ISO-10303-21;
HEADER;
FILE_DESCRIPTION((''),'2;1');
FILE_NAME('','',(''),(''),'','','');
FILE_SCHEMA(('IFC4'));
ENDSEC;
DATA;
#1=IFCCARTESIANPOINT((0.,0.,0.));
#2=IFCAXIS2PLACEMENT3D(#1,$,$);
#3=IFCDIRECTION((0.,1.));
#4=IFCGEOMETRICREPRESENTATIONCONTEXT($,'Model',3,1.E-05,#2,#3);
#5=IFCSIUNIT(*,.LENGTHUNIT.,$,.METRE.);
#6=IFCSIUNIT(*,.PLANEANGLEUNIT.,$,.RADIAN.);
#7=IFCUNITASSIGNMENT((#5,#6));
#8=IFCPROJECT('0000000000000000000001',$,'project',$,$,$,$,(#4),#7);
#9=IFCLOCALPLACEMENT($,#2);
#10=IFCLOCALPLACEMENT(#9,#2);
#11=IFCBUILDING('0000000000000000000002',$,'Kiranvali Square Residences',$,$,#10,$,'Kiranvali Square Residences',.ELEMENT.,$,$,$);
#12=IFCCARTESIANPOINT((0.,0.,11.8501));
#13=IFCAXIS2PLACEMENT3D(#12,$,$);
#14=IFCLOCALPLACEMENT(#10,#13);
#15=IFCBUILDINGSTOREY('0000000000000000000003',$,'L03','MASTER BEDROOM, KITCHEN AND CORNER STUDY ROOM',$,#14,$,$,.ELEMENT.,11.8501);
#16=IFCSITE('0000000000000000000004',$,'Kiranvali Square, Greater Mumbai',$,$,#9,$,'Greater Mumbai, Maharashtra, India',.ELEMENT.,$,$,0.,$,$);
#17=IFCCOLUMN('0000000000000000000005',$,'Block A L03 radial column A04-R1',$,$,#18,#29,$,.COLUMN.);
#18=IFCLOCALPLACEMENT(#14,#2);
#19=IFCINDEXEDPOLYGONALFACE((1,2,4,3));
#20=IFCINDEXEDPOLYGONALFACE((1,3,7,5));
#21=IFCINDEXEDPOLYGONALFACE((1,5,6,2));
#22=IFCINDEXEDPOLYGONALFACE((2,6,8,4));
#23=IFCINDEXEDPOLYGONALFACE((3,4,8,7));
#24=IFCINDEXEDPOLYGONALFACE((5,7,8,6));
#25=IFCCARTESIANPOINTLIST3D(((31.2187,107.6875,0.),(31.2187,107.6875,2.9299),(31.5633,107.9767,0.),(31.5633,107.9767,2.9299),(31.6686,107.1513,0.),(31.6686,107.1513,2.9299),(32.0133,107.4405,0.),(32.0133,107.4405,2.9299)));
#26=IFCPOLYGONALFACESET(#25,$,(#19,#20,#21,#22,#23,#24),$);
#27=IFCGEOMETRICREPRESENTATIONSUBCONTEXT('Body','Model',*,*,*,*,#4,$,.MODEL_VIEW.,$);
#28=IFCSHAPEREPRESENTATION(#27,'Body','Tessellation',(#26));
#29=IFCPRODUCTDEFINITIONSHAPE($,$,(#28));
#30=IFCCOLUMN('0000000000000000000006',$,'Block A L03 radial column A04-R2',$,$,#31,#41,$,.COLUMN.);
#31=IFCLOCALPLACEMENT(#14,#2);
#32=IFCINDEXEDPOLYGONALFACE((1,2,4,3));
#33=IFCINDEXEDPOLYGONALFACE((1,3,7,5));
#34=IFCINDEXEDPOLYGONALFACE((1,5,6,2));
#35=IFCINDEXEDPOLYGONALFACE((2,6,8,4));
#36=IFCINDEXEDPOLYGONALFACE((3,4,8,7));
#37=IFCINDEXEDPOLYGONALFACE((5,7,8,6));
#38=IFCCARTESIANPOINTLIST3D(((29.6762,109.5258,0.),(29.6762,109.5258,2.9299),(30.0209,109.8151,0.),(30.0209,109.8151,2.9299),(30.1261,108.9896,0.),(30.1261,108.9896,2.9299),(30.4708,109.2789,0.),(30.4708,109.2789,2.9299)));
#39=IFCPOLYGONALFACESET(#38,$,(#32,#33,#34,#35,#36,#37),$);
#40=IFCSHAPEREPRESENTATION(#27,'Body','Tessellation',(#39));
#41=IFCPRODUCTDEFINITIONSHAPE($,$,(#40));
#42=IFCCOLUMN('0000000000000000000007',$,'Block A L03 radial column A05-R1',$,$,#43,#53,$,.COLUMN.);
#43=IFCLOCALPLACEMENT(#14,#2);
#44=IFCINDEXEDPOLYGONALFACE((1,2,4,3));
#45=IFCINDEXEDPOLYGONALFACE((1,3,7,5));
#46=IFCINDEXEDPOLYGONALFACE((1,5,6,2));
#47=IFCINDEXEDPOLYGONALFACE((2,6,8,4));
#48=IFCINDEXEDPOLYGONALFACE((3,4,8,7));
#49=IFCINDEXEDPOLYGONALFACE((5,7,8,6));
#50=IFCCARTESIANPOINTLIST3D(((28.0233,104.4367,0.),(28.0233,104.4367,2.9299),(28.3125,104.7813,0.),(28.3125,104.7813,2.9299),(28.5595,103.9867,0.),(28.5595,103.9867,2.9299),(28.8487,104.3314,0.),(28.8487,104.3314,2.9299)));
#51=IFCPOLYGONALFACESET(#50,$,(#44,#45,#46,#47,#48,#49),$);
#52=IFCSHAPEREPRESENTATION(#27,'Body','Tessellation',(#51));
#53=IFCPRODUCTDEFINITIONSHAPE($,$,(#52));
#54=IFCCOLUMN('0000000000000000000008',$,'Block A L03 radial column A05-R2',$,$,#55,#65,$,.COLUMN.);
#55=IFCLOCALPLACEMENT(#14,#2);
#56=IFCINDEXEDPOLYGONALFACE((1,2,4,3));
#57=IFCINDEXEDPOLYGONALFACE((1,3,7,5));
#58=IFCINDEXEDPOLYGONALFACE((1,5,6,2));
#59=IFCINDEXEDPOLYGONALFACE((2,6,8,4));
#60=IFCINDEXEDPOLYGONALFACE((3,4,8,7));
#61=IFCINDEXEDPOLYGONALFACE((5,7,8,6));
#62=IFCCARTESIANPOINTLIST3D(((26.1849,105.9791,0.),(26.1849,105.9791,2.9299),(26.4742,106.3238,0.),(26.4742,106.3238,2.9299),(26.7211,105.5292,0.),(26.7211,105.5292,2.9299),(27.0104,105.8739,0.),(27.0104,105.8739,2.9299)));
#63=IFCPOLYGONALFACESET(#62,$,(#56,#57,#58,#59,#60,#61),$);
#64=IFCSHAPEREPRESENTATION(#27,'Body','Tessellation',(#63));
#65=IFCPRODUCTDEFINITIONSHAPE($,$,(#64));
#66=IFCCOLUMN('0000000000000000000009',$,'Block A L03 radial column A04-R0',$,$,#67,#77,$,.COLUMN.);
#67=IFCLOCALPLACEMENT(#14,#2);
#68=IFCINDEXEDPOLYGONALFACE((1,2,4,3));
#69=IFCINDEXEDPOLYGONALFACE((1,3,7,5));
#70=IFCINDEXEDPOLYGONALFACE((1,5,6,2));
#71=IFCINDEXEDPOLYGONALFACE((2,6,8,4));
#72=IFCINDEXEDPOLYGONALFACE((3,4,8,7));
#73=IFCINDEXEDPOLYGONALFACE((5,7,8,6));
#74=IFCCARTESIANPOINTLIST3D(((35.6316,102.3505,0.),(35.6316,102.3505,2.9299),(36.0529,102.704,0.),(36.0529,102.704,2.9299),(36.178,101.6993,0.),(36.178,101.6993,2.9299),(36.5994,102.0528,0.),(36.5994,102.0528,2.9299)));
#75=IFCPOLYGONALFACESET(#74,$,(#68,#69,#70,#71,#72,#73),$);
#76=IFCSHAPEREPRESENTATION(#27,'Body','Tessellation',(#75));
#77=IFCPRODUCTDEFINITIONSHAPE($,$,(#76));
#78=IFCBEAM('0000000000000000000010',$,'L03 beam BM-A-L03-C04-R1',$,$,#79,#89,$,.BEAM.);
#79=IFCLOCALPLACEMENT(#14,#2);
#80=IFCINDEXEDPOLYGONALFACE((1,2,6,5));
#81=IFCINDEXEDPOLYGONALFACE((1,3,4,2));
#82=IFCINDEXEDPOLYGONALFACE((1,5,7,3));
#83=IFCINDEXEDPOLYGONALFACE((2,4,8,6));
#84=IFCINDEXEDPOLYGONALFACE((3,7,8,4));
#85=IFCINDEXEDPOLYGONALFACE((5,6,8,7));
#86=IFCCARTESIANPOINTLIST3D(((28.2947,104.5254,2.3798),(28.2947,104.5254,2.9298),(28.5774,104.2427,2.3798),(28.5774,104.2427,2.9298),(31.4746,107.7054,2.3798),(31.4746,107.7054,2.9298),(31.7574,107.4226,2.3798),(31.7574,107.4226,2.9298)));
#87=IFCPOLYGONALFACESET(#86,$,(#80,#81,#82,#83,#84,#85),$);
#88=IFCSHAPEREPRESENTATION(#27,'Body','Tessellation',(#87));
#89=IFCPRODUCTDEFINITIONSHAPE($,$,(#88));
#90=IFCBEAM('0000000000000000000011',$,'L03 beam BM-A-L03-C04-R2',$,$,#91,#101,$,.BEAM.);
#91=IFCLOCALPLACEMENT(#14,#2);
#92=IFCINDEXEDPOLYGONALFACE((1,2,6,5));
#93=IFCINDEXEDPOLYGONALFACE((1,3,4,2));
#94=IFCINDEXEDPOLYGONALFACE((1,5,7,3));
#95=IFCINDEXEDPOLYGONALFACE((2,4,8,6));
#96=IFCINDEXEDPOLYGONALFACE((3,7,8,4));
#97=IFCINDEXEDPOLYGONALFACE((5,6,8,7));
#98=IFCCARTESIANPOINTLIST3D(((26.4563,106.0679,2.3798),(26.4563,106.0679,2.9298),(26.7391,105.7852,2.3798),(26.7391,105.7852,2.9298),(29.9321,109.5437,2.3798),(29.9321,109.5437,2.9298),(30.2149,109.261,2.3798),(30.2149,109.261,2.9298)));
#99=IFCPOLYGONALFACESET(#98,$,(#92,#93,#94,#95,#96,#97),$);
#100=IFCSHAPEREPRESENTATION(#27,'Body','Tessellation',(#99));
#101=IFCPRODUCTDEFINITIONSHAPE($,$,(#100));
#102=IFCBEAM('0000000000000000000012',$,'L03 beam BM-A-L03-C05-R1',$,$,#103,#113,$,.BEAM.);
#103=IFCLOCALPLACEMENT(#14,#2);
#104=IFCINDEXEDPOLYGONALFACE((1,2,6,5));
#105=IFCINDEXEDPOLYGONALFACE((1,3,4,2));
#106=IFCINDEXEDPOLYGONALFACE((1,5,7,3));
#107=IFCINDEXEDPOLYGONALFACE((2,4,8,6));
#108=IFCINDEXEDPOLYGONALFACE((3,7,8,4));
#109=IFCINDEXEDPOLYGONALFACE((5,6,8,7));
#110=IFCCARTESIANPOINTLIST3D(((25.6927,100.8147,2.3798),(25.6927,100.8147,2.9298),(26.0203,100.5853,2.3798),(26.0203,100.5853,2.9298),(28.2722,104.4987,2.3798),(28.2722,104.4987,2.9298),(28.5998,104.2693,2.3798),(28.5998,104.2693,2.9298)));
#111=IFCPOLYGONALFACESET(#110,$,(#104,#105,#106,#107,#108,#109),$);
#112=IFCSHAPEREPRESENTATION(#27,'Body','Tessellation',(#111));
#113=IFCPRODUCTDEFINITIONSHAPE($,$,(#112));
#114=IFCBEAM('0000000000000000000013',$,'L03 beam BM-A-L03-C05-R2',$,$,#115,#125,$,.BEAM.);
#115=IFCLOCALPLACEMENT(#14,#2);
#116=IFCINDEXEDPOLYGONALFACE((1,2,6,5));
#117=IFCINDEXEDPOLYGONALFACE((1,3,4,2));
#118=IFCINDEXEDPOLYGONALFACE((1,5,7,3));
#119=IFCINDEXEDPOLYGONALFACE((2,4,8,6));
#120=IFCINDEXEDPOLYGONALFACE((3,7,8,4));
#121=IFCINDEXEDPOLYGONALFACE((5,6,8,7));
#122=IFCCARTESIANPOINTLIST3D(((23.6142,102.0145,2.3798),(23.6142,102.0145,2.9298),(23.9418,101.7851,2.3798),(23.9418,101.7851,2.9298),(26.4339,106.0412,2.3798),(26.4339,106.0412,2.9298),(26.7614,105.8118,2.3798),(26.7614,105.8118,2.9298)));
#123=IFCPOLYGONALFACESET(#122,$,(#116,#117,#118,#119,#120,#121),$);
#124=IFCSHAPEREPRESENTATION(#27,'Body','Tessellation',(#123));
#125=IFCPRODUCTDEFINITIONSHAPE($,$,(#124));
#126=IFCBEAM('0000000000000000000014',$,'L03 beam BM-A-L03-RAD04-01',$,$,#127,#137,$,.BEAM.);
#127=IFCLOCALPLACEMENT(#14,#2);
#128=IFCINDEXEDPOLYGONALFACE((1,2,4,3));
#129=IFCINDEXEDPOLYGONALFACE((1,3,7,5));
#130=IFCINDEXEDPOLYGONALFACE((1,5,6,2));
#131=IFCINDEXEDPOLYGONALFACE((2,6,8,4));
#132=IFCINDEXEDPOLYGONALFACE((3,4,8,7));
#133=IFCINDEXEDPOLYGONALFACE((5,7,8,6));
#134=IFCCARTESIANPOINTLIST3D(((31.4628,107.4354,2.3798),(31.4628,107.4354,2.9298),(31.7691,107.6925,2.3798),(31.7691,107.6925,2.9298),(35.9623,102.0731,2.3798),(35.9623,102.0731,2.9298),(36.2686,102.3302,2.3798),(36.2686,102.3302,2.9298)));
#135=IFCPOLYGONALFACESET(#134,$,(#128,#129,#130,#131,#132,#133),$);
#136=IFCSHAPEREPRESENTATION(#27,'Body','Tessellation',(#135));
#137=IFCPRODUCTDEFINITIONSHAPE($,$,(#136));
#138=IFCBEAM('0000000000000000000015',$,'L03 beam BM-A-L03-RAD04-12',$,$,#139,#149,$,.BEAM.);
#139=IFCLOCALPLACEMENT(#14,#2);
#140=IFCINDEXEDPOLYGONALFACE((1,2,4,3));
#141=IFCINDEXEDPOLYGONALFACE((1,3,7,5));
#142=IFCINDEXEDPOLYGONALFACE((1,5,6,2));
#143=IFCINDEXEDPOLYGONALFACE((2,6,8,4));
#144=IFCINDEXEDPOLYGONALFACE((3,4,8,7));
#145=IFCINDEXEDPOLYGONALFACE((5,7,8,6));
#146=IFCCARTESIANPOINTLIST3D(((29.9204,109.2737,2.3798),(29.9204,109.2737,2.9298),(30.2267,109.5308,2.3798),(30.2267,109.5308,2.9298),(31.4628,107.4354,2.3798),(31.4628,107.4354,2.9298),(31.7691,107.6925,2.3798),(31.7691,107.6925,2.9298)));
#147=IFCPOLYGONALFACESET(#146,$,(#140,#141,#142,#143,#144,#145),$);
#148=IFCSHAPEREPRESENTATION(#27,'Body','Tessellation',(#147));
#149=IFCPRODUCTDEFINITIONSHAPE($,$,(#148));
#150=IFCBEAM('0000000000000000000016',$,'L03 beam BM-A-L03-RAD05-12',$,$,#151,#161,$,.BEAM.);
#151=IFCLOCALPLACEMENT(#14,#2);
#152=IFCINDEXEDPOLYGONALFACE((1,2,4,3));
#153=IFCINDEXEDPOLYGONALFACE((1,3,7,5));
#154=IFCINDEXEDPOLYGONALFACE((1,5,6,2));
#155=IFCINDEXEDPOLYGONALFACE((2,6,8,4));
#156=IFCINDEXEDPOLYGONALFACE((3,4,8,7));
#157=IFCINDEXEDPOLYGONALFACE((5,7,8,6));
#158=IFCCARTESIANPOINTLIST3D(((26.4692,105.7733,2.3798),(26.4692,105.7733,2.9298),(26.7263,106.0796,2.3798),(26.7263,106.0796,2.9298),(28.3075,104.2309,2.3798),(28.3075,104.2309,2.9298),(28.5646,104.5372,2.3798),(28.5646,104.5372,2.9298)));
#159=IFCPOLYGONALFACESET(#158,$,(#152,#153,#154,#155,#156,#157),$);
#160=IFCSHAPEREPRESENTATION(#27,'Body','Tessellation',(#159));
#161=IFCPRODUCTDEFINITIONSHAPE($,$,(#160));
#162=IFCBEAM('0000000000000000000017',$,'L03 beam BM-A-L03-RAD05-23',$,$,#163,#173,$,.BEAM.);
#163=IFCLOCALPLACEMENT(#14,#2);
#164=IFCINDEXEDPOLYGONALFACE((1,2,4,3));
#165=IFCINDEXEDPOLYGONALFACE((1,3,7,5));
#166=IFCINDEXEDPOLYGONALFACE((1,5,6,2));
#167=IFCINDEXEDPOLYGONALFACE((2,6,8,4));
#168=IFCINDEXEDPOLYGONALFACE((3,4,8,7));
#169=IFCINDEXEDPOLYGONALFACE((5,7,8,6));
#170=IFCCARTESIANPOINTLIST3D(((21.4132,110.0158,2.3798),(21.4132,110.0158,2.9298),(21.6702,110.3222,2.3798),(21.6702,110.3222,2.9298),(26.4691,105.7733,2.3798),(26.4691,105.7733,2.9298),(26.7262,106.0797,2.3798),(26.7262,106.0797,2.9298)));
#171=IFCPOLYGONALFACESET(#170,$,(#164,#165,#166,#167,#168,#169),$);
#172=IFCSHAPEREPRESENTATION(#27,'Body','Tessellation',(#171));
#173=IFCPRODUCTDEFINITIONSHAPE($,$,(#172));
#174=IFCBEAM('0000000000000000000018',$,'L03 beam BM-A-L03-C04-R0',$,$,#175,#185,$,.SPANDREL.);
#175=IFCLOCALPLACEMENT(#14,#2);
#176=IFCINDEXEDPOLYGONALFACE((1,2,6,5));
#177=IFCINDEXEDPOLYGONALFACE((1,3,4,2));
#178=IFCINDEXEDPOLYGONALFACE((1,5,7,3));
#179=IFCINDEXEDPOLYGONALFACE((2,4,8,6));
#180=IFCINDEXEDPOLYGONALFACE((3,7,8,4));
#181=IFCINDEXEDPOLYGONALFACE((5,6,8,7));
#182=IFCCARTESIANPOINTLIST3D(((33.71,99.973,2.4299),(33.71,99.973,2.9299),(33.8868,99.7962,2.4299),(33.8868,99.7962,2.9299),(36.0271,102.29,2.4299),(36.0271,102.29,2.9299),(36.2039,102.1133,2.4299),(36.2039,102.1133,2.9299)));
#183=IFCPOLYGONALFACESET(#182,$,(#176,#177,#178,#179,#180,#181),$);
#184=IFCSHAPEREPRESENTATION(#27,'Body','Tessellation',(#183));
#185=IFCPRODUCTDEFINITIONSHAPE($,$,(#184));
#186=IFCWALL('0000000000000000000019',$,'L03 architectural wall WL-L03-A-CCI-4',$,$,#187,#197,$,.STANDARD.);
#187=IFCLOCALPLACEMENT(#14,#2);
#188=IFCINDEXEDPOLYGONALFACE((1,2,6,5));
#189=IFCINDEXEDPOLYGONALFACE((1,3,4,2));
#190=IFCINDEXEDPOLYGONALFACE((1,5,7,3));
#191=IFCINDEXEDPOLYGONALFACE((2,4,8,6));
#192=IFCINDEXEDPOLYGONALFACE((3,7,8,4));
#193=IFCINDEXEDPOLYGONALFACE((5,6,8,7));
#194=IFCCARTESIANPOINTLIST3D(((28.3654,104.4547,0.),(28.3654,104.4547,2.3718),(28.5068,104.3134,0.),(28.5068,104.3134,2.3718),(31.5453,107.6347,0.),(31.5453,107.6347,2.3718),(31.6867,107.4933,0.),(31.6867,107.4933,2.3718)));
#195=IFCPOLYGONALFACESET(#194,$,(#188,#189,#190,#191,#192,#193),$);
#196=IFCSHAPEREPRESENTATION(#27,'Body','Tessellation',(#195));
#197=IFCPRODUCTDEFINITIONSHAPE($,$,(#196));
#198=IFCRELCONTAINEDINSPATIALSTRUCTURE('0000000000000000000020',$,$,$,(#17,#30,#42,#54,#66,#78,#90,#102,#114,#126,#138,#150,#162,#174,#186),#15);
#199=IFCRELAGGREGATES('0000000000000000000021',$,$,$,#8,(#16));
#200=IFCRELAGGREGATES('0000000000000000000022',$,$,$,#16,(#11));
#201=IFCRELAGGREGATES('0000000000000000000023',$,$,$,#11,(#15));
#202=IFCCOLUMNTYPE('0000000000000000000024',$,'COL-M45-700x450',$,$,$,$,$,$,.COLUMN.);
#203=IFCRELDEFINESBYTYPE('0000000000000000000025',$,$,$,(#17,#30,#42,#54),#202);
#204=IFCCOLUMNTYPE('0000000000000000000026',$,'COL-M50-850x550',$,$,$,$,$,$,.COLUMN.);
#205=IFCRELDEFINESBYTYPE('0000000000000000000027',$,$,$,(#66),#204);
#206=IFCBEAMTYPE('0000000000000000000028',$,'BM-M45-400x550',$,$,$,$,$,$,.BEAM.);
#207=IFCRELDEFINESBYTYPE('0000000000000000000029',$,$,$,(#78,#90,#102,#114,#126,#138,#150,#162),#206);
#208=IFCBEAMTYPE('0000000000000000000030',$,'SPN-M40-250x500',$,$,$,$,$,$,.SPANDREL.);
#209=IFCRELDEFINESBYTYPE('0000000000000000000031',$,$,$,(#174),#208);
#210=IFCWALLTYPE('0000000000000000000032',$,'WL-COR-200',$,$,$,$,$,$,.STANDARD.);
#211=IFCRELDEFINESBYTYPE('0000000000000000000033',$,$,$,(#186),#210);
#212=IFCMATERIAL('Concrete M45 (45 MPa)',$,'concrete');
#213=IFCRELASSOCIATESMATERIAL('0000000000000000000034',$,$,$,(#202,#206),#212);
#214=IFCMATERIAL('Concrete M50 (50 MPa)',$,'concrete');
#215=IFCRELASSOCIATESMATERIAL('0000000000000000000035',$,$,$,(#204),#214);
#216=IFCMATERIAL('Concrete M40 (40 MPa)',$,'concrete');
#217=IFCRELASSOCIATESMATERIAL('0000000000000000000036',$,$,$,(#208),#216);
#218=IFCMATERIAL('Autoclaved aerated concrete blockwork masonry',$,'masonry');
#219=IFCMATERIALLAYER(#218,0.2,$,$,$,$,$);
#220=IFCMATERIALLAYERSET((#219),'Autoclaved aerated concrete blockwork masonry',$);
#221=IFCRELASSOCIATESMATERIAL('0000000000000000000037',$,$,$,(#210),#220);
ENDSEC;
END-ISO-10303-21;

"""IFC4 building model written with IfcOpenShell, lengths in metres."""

from ifc_helpers import new_model, si_unit, direction, frame, frame_2d, origin, origin_2d, place, context, subcontext, project, spatial, rectangle, extrude, material, layer, layer_set, material_profile, profile_set, type_object, element, save


model = new_model("IFC4")

# Units and contexts
model_context = context("Model", 3, precision=1e-05, world=origin(), true_north=direction((0.0, 1.0)))
body_context = subcontext(model_context, "Body", "Model", "MODEL_VIEW")
ifc_project = project(units=[si_unit("LENGTHUNIT", "METRE"), si_unit("PLANEANGLEUNIT", "RADIAN")], contexts=[model_context])

# Site, building, storey
site_placement = place(None, origin())
site = spatial("IfcSite", under=ifc_project, at=site_placement, Name="Kiranvali Square, Greater Mumbai", LongName="Greater Mumbai, Maharashtra, India", CompositionType="ELEMENT", RefElevation=0.0)
building_placement = place(site_placement, origin())
building = spatial("IfcBuilding", under=site, at=building_placement, Name="Kiranvali Square Residences", LongName="Kiranvali Square Residences", CompositionType="ELEMENT")
storey_placement = place(building_placement, frame((0.0, 0.0, 11.8501)))
storey = spatial("IfcBuildingStorey", under=building, at=storey_placement, Name="L03", Description="MASTER BEDROOM, KITCHEN AND CORNER STUDY ROOM", CompositionType="ELEMENT", Elevation=11.8501)

# Columns
ifc_material_1 = material(Name="Concrete M45 (45 MPa)", Category="concrete")
ifc_material_profile_1 = material_profile(ifc_material_1, rectangle(XDim=0.45, YDim=0.7, at=origin_2d()), Name="RC 700x450")
ifc_profile_set_1 = profile_set([ifc_material_profile_1], Name="Concrete M45 (45 MPa)")
column_type_1 = type_object("IfcColumnType", Name="COL-M45-700x450", PredefinedType="COLUMN", material=ifc_profile_set_1)
for number, where, z_axis, x_axis, name in (
    (1, (31.616, 107.564, 0.0), (0.0, 0.0, 1.0), (0.766044, 0.642788, 0.0), "Block A L03 radial column A04-R1"),
    (2, (30.0735, 109.4023, 0.0), (0.0, 0.0, 1.0), (0.766044, 0.642788, 0.0), "Block A L03 radial column A04-R2"),
    (3, (28.436, 104.384, 0.0), (0.0, 0.0, 1.0), (0.642788, 0.766044, 0.0), "Block A L03 radial column A05-R1"),
    (4, (26.5977, 105.9265, 0.0), (0.0, 0.0, 1.0), (0.642788, 0.766044, 0.0), "Block A L03 radial column A05-R2"),
):
    element("IfcColumn", number, at=place(storey_placement, frame(where, z_axis=z_axis, x_axis=x_axis)), inside=storey, type_object=column_type_1, Name=name, PredefinedType="COLUMN", context=body_context, shape_type="SweptSolid", body=[
        extrude(rectangle(XDim=0.45, YDim=0.7, at=origin_2d()), origin(), (0.0, 0.0, 1.0), 2.9299),
    ])
ifc_material_2 = material(Name="Concrete M50 (50 MPa)", Category="concrete")
ifc_material_profile_2 = material_profile(ifc_material_2, rectangle(XDim=0.55, YDim=0.8501, at=origin_2d()), Name="RC 850x550")
ifc_profile_set_2 = profile_set([ifc_material_profile_2], Name="Concrete M50 (50 MPa)")
column_type_2 = type_object("IfcColumnType", Name="COL-M50-850x550", PredefinedType="COLUMN", material=ifc_profile_set_2)
column_placement = place(storey_placement, frame((36.1155, 102.2017, 0.0), z_axis=(0.0, 0.0, 1.0), x_axis=(0.766044, 0.642788, 0.0)))
element("IfcColumn", 5, at=column_placement, inside=storey, type_object=column_type_2, Name="Block A L03 radial column A04-R0", PredefinedType="COLUMN", context=body_context, shape_type="SweptSolid", body=[
    extrude(rectangle(XDim=0.55, YDim=0.8501, at=origin_2d()), origin(), (0.0, 0.0, 1.0), 2.9299),
])

# Beams
ifc_material_profile_3 = material_profile(ifc_material_1, rectangle(XDim=0.3999, YDim=0.55, at=origin_2d()), Name="RC 400x550")
ifc_profile_set_3 = profile_set([ifc_material_profile_3], Name="Concrete M45 (45 MPa)")
beam_type_1 = type_object("IfcBeamType", Name="BM-M45-400x550", PredefinedType="BEAM", material=ifc_profile_set_3)
beam_1_placement = place(storey_placement, frame((31.616, 107.564, 2.6548), z_axis=(-0.707107, -0.707107, 0.0), x_axis=(0.707107, -0.707107, 0.0)))
element("IfcBeam", 6, at=beam_1_placement, inside=storey, type_object=beam_type_1, Name="L03 beam BM-A-L03-C04-R1", PredefinedType="BEAM", context=body_context, shape_type="SweptSolid", body=[
    extrude(rectangle(XDim=0.3999, YDim=0.55, at=origin_2d()), origin(), (0.0, 0.0, 1.0), 4.4971),
])
beam_2_placement = place(storey_placement, frame((30.0735, 109.4023, 2.6548), z_axis=(-0.707107, -0.707107, 0.0), x_axis=(0.707107, -0.707107, 0.0)))
element("IfcBeam", 7, at=beam_2_placement, inside=storey, type_object=beam_type_1, Name="L03 beam BM-A-L03-C04-R2", PredefinedType="BEAM", context=body_context, shape_type="SweptSolid", body=[
    extrude(rectangle(XDim=0.3999, YDim=0.55, at=origin_2d()), origin(), (0.0, 0.0, 1.0), 4.9155),
])
beam_3_placement = place(storey_placement, frame((28.436, 104.384, 2.6548), z_axis=(-0.573572, -0.819155, 0.0), x_axis=(0.819155, -0.573572, 0.0)))
element("IfcBeam", 8, at=beam_3_placement, inside=storey, type_object=beam_type_1, Name="L03 beam BM-A-L03-C05-R1", PredefinedType="BEAM", context=body_context, shape_type="SweptSolid", body=[
    extrude(rectangle(XDim=0.3999, YDim=0.55, at=origin_2d()), origin(), (0.0, 0.0, 1.0), 4.4973),
])
beam_4_placement = place(storey_placement, frame((26.5977, 105.9265, 2.6548), z_axis=(-0.573592, -0.819141, 0.0), x_axis=(0.819141, -0.573592, 0.0)))
element("IfcBeam", 9, at=beam_4_placement, inside=storey, type_object=beam_type_1, Name="L03 beam BM-A-L03-C05-R2", PredefinedType="BEAM", context=body_context, shape_type="SweptSolid", body=[
    extrude(rectangle(XDim=0.3999, YDim=0.55, at=origin_2d()), origin(), (0.0, 0.0, 1.0), 4.9158),
])
beam_5_placement = place(storey_placement, frame((36.1155, 102.2017, 2.6548), z_axis=(-0.642788, 0.766044, 0.0), x_axis=(-0.766044, -0.642788, 0.0)))
element("IfcBeam", 10, at=beam_5_placement, inside=storey, type_object=beam_type_1, Name="L03 beam BM-A-L03-RAD04-01", PredefinedType="BEAM", context=body_context, shape_type="SweptSolid", body=[
    extrude(rectangle(XDim=0.3999, YDim=0.55, at=origin_2d()), origin(), (0.0, 0.0, 1.0), 7.0),
])
for number, where, z_axis, x_axis, name in (
    (11, (31.616, 107.564, 2.6548), (-0.642763, 0.766065, 0.0), (-0.766065, -0.642763, 0.0), "L03 beam BM-A-L03-RAD04-12"),
    (12, (28.436, 104.384, 2.6548), (-0.766065, 0.642763, 0.0), (-0.642763, -0.766065, 0.0), "L03 beam BM-A-L03-RAD05-12"),
):
    element("IfcBeam", number, at=place(storey_placement, frame(where, z_axis=z_axis, x_axis=x_axis)), inside=storey, type_object=beam_type_1, Name=name, PredefinedType="BEAM", context=body_context, shape_type="SweptSolid", body=[
        extrude(rectangle(XDim=0.3999, YDim=0.55, at=origin_2d()), origin(), (0.0, 0.0, 1.0), 2.3997),
    ])
beam_6_placement = place(storey_placement, frame((26.5977, 105.9265, 2.6548), z_axis=(-0.766043, 0.642789, 0.0), x_axis=(-0.642789, -0.766043, 0.0)))
element("IfcBeam", 13, at=beam_6_placement, inside=storey, type_object=beam_type_1, Name="L03 beam BM-A-L03-RAD05-23", PredefinedType="BEAM", context=body_context, shape_type="SweptSolid", body=[
    extrude(rectangle(XDim=0.3999, YDim=0.55, at=origin_2d()), origin(), (0.0, 0.0, 1.0), 6.6001),
])
ifc_material_3 = material(Name="Concrete M40 (40 MPa)", Category="concrete")
ifc_material_profile_4 = material_profile(ifc_material_3, rectangle(XDim=0.25, YDim=0.5, at=origin_2d()), Name="RC 250x500")
ifc_profile_set_4 = profile_set([ifc_material_profile_4], Name="Concrete M40 (40 MPa)")
beam_type_2 = type_object("IfcBeamType", Name="SPN-M40-250x500", PredefinedType="SPANDREL", material=ifc_profile_set_4)
beam_7_placement = place(storey_placement, frame((36.1155, 102.2017, 2.6799), z_axis=(-0.707107, -0.707107, 0.0), x_axis=(0.707107, -0.707107, 0.0)))
element("IfcBeam", 14, at=beam_7_placement, inside=storey, type_object=beam_type_2, Name="L03 beam BM-A-L03-C04-R0", PredefinedType="SPANDREL", context=body_context, shape_type="SweptSolid", body=[
    extrude(rectangle(XDim=0.25, YDim=0.5, at=origin_2d()), origin(), (0.0, 0.0, 1.0), 3.2769),
])

# Wall
ifc_material_4 = material(Name="Autoclaved aerated concrete blockwork masonry", Category="masonry")
ifc_layer_1 = layer(ifc_material_4, 0.2)
ifc_layer_set_1 = layer_set([ifc_layer_1], Name="Autoclaved aerated concrete blockwork masonry")
wall_type_1 = type_object("IfcWallType", Name="WL-COR-200", PredefinedType="STANDARD", material=ifc_layer_set_1)
wall_1_placement = place(storey_placement, frame((31.616, 107.564, 0.0), z_axis=(0.0, 0.0, 1.0), x_axis=(-0.707107, -0.707107, 0.0)))
element("IfcWall", 15, at=wall_1_placement, inside=storey, type_object=wall_type_1, Name="L03 architectural wall WL-L03-A-CCI-4", PredefinedType="STANDARD", context=body_context, shape_type="SweptSolid", body=[
    extrude(rectangle(XDim=4.4971, YDim=0.2, at=frame_2d((2.2485, 0.0))), origin(), (0.0, 0.0, 1.0), 2.3718),
])

save(model, "model.ifc")
